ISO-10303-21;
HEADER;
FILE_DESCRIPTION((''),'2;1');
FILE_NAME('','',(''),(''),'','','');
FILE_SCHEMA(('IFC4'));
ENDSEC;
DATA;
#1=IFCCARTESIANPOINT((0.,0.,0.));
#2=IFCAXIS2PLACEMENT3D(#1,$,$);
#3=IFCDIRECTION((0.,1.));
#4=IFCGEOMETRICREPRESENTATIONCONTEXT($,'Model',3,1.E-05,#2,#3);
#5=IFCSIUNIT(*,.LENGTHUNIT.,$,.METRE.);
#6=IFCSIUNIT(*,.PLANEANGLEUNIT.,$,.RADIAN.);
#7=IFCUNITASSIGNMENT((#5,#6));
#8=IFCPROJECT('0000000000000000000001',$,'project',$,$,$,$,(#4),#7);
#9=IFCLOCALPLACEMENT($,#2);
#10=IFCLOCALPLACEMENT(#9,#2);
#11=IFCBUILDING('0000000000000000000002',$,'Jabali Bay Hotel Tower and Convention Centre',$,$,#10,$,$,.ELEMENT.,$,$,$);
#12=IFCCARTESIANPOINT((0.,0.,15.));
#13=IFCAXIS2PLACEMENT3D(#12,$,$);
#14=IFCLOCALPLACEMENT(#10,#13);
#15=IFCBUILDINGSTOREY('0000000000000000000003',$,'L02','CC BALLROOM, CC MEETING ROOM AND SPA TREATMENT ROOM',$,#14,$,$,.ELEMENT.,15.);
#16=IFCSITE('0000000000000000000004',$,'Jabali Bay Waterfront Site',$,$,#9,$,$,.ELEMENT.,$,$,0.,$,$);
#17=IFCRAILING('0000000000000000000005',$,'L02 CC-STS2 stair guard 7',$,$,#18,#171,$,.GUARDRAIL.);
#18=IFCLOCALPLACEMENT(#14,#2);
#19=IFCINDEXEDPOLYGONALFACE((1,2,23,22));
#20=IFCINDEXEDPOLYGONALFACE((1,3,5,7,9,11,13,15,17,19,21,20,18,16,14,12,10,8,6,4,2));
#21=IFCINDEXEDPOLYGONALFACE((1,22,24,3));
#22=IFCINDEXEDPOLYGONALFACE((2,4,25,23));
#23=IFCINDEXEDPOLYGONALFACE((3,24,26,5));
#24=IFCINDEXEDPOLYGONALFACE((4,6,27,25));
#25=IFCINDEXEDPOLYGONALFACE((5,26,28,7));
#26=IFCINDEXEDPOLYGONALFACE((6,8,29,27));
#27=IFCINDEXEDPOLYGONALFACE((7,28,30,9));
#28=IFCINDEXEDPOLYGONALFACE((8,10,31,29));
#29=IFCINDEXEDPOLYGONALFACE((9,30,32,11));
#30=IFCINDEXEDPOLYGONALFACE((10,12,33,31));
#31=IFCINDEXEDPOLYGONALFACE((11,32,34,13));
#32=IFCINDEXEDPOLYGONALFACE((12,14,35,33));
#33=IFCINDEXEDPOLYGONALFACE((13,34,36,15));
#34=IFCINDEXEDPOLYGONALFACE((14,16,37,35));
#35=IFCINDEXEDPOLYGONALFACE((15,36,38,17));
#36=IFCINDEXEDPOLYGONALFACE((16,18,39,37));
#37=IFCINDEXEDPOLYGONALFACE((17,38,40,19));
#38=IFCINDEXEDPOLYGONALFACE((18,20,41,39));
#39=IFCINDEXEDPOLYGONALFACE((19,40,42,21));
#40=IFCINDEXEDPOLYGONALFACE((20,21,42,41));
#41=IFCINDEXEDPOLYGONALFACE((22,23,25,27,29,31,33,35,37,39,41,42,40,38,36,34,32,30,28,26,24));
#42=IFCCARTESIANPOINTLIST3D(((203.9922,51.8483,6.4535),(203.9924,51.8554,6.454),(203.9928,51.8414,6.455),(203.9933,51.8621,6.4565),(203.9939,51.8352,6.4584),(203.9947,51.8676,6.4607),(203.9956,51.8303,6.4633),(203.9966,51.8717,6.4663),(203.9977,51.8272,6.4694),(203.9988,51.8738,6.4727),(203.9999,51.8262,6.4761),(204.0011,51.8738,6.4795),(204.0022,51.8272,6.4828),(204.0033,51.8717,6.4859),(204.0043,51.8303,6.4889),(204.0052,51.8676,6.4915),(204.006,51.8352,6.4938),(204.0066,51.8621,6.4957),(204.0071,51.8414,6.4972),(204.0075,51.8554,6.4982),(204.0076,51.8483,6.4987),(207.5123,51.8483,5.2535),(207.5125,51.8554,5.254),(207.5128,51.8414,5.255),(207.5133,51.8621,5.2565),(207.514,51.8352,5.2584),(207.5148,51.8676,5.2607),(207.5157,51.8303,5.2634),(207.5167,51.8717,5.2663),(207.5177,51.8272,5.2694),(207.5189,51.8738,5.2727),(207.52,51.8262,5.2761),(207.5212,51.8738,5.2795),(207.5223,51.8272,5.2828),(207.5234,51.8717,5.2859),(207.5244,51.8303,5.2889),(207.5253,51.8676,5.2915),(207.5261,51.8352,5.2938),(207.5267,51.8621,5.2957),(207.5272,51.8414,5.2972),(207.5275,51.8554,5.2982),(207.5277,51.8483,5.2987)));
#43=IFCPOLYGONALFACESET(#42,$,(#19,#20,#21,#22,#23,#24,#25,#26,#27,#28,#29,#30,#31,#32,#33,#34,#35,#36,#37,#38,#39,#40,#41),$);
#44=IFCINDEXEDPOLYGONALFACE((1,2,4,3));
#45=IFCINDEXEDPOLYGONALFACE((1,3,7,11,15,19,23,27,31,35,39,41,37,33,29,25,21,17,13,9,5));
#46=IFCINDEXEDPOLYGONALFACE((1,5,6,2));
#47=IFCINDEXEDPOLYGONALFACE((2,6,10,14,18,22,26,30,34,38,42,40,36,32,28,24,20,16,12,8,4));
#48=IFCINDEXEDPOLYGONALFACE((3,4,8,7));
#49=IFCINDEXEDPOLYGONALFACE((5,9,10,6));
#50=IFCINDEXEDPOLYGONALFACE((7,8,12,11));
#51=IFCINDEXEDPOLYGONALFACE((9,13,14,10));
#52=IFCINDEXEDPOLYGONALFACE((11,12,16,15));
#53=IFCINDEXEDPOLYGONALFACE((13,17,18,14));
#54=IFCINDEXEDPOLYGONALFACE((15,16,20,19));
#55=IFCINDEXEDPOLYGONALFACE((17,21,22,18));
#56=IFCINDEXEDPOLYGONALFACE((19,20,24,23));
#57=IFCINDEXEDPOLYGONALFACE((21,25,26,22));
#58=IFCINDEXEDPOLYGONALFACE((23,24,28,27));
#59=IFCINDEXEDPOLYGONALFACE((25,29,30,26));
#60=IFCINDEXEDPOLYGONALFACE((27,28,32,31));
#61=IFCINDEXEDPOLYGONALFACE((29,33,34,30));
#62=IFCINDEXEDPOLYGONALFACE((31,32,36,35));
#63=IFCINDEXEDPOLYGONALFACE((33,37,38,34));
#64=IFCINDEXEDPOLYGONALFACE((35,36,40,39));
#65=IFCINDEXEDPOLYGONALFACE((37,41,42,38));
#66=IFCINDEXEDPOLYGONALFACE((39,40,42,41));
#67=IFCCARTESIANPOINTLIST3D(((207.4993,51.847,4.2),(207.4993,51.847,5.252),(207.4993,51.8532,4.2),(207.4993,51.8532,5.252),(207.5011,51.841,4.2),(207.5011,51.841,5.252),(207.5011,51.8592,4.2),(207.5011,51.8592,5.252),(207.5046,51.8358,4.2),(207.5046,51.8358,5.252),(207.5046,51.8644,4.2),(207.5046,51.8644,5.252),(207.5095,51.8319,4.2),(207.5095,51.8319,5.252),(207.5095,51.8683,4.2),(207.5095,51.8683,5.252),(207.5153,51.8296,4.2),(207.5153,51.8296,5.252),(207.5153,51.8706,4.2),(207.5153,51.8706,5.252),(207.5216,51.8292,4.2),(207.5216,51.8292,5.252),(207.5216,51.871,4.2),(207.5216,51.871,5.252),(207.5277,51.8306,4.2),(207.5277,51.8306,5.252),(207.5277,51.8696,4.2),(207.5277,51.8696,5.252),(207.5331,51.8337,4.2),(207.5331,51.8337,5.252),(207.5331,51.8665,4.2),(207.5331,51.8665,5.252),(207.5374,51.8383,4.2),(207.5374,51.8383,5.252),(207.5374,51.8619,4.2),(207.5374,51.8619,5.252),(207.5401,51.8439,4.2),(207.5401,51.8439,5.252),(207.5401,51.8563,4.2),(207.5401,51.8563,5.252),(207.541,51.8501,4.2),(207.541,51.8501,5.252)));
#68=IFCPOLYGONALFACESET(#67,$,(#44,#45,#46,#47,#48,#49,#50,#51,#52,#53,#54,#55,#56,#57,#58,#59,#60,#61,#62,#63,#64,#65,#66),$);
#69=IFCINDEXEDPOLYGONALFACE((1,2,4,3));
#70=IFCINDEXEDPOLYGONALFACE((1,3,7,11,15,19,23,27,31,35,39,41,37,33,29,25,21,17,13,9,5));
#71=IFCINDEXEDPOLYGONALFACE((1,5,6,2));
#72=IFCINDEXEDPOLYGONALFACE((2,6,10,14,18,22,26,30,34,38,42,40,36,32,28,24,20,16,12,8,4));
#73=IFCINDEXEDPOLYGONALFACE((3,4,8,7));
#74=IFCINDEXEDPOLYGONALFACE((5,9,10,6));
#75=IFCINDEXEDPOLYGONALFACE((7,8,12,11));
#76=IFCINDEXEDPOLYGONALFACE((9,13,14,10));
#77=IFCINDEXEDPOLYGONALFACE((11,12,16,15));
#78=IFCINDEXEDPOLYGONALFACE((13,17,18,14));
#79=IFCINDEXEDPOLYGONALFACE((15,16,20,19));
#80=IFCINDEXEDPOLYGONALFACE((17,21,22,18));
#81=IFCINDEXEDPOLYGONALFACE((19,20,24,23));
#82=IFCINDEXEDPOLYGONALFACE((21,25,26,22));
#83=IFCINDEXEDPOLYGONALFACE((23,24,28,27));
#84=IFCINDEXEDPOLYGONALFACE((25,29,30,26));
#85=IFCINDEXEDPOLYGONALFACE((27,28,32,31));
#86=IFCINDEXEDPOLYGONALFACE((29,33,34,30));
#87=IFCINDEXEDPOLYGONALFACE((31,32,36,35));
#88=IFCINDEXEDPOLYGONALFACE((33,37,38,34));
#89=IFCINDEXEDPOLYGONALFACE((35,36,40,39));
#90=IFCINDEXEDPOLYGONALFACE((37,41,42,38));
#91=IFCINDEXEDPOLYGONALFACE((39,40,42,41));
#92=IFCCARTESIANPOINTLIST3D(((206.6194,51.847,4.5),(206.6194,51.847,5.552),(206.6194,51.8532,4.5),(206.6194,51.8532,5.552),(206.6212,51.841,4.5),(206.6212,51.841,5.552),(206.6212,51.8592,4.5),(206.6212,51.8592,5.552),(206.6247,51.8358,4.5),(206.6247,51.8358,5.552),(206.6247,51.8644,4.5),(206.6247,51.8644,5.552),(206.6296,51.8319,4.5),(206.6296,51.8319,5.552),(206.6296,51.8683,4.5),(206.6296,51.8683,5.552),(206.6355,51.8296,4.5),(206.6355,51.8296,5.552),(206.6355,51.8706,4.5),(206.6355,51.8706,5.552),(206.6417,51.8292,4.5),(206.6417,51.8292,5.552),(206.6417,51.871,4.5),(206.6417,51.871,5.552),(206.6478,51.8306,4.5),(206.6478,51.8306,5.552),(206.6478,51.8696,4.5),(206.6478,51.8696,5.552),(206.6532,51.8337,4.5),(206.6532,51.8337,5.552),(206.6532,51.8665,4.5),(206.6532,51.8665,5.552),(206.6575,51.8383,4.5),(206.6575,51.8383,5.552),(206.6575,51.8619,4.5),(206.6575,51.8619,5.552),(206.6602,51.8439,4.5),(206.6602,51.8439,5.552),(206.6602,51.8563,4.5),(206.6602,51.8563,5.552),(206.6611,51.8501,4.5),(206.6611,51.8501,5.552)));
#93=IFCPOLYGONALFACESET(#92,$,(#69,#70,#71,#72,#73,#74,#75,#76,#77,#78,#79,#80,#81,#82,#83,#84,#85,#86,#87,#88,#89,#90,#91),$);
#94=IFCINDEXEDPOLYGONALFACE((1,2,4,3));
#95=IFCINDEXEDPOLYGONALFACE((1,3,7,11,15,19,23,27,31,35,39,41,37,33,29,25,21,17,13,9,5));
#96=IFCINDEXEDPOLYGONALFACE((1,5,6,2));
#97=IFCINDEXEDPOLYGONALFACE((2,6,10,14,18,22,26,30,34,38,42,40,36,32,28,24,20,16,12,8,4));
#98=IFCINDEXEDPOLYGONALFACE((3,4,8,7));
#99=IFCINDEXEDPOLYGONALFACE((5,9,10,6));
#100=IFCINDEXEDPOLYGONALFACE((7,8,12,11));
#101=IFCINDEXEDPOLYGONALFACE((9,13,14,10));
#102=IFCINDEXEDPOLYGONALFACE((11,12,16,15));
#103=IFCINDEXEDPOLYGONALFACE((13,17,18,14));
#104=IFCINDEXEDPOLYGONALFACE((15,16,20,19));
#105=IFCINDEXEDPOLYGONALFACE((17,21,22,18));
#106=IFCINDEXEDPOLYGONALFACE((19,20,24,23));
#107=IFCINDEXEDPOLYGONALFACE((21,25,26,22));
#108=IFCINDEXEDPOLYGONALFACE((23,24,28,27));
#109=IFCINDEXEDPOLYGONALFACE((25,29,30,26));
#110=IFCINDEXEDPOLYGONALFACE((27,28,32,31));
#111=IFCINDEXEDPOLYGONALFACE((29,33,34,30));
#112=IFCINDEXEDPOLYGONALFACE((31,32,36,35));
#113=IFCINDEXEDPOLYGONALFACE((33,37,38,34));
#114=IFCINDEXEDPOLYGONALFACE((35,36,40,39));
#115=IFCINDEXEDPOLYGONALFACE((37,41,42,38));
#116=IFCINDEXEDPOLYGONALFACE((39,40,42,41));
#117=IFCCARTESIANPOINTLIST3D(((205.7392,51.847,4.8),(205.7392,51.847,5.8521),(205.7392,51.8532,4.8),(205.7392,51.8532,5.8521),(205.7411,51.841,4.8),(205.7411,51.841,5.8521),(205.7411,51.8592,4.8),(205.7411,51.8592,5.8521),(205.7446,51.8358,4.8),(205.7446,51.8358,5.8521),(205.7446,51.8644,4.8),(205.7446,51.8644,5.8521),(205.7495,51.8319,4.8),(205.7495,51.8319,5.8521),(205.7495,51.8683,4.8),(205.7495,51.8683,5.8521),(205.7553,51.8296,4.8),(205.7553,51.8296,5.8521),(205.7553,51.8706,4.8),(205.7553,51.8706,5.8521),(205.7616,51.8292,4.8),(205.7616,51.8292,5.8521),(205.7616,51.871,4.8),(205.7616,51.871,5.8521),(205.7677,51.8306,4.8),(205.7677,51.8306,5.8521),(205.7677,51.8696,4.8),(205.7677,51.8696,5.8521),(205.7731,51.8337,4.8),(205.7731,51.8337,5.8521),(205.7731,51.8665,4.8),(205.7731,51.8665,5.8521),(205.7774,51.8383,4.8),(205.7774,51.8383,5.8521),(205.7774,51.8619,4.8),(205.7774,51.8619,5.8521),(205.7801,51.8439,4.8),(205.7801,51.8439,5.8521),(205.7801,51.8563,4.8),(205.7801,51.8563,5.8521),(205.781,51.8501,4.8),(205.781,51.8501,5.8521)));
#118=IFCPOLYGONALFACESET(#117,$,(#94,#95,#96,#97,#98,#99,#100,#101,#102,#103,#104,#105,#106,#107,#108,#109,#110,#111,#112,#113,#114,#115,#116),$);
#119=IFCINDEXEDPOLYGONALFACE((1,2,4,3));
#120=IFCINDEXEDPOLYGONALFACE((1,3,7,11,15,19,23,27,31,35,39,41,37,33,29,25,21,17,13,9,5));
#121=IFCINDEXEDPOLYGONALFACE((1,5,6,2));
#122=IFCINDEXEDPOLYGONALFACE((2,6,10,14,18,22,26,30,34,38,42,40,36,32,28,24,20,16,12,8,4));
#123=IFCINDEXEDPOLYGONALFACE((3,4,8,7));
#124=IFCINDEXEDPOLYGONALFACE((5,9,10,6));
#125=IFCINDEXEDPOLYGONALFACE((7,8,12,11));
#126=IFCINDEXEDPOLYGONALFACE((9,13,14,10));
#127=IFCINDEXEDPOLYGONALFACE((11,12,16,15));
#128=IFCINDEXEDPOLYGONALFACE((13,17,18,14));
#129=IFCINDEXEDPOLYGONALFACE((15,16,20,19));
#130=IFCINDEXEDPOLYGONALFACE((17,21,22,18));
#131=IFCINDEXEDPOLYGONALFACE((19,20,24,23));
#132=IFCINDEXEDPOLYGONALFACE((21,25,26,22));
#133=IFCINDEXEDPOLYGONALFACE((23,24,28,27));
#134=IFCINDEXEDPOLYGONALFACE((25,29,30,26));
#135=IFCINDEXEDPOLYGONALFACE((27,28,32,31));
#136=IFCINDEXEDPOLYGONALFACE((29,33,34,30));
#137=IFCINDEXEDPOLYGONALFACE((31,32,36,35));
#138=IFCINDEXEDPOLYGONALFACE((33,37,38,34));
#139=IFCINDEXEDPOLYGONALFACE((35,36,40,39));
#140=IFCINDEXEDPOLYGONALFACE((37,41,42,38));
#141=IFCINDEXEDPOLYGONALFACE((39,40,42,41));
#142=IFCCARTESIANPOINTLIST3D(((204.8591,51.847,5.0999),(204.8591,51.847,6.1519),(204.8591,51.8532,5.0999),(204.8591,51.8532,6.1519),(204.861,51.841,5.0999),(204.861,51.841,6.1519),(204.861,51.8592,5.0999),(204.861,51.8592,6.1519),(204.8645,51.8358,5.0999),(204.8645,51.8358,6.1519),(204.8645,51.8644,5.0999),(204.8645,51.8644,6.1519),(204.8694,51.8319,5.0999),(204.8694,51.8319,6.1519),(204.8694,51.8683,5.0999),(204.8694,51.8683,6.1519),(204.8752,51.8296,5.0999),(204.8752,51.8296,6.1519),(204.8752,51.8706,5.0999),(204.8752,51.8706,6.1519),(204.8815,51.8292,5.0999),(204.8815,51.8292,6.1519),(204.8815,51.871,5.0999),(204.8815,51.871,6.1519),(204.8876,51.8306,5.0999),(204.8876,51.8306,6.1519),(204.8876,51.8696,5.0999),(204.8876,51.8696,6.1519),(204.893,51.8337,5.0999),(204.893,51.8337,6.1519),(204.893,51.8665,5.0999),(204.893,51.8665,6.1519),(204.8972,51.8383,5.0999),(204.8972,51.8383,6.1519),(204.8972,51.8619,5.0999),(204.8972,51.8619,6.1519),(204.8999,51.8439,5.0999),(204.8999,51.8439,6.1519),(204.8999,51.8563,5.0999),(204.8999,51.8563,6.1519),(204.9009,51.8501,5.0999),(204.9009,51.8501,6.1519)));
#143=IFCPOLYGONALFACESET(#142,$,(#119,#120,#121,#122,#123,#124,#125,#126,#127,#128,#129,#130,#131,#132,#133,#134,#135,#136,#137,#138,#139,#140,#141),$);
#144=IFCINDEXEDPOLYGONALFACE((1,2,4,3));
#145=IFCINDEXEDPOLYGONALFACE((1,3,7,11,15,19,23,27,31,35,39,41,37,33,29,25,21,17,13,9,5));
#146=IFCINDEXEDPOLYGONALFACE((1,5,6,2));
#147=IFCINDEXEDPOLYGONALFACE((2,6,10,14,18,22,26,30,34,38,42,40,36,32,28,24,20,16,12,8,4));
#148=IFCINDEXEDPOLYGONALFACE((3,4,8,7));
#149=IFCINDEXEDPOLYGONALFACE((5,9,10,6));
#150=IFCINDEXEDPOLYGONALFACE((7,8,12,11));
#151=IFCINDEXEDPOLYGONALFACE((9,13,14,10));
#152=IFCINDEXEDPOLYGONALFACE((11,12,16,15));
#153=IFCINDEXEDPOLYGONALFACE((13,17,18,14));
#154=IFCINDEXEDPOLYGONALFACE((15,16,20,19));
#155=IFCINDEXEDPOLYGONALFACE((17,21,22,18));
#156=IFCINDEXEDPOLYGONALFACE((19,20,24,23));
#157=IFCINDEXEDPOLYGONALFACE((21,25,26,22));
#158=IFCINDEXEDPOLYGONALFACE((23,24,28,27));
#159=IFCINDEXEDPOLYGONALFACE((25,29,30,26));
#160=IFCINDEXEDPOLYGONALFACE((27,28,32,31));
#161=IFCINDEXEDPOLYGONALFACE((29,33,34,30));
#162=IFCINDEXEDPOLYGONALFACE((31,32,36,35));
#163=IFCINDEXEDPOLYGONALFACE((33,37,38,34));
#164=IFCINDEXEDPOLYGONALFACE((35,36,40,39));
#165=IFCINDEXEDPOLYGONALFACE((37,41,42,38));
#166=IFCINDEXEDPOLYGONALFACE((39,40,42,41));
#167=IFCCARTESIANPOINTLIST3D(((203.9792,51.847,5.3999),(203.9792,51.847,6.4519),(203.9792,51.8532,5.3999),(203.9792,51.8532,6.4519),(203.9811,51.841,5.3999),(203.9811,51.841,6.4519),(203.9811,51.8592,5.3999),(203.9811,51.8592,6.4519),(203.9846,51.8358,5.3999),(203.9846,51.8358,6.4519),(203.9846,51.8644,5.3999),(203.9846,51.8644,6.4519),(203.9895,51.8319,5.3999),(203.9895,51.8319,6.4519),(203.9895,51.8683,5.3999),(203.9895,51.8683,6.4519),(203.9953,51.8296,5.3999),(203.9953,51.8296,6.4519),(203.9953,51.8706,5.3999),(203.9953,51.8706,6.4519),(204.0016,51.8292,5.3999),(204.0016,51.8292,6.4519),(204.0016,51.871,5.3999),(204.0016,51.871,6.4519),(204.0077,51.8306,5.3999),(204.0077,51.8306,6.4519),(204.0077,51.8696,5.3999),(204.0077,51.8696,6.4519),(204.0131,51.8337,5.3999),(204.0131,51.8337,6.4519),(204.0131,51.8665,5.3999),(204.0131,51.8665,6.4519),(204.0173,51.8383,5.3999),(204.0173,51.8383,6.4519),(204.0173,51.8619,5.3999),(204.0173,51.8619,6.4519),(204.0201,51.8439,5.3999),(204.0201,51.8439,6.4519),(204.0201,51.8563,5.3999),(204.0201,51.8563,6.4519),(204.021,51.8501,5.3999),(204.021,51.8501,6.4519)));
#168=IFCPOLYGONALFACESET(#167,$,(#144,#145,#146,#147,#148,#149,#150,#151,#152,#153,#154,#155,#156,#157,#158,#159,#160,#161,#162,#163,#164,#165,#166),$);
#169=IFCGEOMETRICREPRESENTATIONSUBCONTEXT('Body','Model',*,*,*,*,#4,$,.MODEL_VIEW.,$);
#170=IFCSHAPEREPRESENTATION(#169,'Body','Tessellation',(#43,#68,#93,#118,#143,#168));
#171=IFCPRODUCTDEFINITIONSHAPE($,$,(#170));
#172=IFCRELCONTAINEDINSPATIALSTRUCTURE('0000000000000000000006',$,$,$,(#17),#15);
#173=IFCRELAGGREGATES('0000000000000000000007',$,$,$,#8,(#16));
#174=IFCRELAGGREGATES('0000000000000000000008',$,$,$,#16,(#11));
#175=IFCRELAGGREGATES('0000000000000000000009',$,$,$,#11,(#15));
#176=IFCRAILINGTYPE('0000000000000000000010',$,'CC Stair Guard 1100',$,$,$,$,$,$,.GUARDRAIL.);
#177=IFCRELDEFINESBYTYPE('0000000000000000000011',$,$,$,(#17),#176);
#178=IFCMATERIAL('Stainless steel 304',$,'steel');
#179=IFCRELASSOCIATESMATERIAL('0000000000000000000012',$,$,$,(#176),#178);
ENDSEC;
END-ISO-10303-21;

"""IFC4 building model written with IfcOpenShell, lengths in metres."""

from ifc_helpers import new_model, si_unit, direction, frame, origin, origin_2d, place, context, subcontext, project, spatial, circle, extrude, material, type_object, element, save


model = new_model("IFC4")

# Units and contexts
model_context = context("Model", 3, precision=1e-05, world=origin(), true_north=direction((0.0, 1.0)))
body_context = subcontext(model_context, "Body", "Model", "MODEL_VIEW")
ifc_project = project(units=[si_unit("LENGTHUNIT", "METRE"), si_unit("PLANEANGLEUNIT", "RADIAN")], contexts=[model_context])

# Site, building, storey
site_placement = place(None, origin())
site = spatial("IfcSite", under=ifc_project, at=site_placement, Name="Jabali Bay Waterfront Site", CompositionType="ELEMENT", RefElevation=0.0)
building_placement = place(site_placement, origin())
building = spatial("IfcBuilding", under=site, at=building_placement, Name="Jabali Bay Hotel Tower and Convention Centre", CompositionType="ELEMENT")
storey_placement = place(building_placement, frame((0.0, 0.0, 15.0)))
storey = spatial("IfcBuildingStorey", under=building, at=storey_placement, Name="L02", Description="CC BALLROOM, CC MEETING ROOM AND SPA TREATMENT ROOM", CompositionType="ELEMENT", Elevation=15.0)

# Railing
ifc_material_1 = material(Name="Stainless steel 304", Category="steel")
railing_type_1 = type_object("IfcRailingType", Name="CC Stair Guard 1100", PredefinedType="GUARDRAIL", material=ifc_material_1)
railing_1_placement = place(storey_placement, frame((207.52, 51.8501, 4.2)))
element("IfcRailing", 1, at=railing_1_placement, inside=storey, type_object=railing_type_1, Name="L02 CC-STS2 stair guard 7", PredefinedType="GUARDRAIL", context=body_context, shape_type="SweptSolid", body=[
    extrude(circle(Radius=0.0239, at=origin_2d()), frame((0.0, 0.0, 1.0762), z_axis=(-0.946515, 0.0, 0.322661), x_axis=(0.0, -1.0, 0.0)), (0.0, 0.0, 1.0), 3.719),
    extrude(circle(Radius=0.021, at=origin_2d()), origin(), (0.0, 0.0, 1.0), 1.052),
    extrude(circle(Radius=0.021, at=origin_2d()), frame((-0.8799, 0.0, 0.3)), (0.0, 0.0, 1.0), 1.052),
    extrude(circle(Radius=0.021, at=origin_2d()), frame((-1.76, 0.0, 0.6001)), (0.0, 0.0, 1.0), 1.052),
    extrude(circle(Radius=0.021, at=origin_2d()), frame((-2.6401, 0.0, 0.8999)), (0.0, 0.0, 1.0), 1.052),
    extrude(circle(Radius=0.021, at=origin_2d()), frame((-3.52, 0.0, 1.2)), (0.0, 0.0, 1.0), 1.052),
])

save(model, "model.ifc")
